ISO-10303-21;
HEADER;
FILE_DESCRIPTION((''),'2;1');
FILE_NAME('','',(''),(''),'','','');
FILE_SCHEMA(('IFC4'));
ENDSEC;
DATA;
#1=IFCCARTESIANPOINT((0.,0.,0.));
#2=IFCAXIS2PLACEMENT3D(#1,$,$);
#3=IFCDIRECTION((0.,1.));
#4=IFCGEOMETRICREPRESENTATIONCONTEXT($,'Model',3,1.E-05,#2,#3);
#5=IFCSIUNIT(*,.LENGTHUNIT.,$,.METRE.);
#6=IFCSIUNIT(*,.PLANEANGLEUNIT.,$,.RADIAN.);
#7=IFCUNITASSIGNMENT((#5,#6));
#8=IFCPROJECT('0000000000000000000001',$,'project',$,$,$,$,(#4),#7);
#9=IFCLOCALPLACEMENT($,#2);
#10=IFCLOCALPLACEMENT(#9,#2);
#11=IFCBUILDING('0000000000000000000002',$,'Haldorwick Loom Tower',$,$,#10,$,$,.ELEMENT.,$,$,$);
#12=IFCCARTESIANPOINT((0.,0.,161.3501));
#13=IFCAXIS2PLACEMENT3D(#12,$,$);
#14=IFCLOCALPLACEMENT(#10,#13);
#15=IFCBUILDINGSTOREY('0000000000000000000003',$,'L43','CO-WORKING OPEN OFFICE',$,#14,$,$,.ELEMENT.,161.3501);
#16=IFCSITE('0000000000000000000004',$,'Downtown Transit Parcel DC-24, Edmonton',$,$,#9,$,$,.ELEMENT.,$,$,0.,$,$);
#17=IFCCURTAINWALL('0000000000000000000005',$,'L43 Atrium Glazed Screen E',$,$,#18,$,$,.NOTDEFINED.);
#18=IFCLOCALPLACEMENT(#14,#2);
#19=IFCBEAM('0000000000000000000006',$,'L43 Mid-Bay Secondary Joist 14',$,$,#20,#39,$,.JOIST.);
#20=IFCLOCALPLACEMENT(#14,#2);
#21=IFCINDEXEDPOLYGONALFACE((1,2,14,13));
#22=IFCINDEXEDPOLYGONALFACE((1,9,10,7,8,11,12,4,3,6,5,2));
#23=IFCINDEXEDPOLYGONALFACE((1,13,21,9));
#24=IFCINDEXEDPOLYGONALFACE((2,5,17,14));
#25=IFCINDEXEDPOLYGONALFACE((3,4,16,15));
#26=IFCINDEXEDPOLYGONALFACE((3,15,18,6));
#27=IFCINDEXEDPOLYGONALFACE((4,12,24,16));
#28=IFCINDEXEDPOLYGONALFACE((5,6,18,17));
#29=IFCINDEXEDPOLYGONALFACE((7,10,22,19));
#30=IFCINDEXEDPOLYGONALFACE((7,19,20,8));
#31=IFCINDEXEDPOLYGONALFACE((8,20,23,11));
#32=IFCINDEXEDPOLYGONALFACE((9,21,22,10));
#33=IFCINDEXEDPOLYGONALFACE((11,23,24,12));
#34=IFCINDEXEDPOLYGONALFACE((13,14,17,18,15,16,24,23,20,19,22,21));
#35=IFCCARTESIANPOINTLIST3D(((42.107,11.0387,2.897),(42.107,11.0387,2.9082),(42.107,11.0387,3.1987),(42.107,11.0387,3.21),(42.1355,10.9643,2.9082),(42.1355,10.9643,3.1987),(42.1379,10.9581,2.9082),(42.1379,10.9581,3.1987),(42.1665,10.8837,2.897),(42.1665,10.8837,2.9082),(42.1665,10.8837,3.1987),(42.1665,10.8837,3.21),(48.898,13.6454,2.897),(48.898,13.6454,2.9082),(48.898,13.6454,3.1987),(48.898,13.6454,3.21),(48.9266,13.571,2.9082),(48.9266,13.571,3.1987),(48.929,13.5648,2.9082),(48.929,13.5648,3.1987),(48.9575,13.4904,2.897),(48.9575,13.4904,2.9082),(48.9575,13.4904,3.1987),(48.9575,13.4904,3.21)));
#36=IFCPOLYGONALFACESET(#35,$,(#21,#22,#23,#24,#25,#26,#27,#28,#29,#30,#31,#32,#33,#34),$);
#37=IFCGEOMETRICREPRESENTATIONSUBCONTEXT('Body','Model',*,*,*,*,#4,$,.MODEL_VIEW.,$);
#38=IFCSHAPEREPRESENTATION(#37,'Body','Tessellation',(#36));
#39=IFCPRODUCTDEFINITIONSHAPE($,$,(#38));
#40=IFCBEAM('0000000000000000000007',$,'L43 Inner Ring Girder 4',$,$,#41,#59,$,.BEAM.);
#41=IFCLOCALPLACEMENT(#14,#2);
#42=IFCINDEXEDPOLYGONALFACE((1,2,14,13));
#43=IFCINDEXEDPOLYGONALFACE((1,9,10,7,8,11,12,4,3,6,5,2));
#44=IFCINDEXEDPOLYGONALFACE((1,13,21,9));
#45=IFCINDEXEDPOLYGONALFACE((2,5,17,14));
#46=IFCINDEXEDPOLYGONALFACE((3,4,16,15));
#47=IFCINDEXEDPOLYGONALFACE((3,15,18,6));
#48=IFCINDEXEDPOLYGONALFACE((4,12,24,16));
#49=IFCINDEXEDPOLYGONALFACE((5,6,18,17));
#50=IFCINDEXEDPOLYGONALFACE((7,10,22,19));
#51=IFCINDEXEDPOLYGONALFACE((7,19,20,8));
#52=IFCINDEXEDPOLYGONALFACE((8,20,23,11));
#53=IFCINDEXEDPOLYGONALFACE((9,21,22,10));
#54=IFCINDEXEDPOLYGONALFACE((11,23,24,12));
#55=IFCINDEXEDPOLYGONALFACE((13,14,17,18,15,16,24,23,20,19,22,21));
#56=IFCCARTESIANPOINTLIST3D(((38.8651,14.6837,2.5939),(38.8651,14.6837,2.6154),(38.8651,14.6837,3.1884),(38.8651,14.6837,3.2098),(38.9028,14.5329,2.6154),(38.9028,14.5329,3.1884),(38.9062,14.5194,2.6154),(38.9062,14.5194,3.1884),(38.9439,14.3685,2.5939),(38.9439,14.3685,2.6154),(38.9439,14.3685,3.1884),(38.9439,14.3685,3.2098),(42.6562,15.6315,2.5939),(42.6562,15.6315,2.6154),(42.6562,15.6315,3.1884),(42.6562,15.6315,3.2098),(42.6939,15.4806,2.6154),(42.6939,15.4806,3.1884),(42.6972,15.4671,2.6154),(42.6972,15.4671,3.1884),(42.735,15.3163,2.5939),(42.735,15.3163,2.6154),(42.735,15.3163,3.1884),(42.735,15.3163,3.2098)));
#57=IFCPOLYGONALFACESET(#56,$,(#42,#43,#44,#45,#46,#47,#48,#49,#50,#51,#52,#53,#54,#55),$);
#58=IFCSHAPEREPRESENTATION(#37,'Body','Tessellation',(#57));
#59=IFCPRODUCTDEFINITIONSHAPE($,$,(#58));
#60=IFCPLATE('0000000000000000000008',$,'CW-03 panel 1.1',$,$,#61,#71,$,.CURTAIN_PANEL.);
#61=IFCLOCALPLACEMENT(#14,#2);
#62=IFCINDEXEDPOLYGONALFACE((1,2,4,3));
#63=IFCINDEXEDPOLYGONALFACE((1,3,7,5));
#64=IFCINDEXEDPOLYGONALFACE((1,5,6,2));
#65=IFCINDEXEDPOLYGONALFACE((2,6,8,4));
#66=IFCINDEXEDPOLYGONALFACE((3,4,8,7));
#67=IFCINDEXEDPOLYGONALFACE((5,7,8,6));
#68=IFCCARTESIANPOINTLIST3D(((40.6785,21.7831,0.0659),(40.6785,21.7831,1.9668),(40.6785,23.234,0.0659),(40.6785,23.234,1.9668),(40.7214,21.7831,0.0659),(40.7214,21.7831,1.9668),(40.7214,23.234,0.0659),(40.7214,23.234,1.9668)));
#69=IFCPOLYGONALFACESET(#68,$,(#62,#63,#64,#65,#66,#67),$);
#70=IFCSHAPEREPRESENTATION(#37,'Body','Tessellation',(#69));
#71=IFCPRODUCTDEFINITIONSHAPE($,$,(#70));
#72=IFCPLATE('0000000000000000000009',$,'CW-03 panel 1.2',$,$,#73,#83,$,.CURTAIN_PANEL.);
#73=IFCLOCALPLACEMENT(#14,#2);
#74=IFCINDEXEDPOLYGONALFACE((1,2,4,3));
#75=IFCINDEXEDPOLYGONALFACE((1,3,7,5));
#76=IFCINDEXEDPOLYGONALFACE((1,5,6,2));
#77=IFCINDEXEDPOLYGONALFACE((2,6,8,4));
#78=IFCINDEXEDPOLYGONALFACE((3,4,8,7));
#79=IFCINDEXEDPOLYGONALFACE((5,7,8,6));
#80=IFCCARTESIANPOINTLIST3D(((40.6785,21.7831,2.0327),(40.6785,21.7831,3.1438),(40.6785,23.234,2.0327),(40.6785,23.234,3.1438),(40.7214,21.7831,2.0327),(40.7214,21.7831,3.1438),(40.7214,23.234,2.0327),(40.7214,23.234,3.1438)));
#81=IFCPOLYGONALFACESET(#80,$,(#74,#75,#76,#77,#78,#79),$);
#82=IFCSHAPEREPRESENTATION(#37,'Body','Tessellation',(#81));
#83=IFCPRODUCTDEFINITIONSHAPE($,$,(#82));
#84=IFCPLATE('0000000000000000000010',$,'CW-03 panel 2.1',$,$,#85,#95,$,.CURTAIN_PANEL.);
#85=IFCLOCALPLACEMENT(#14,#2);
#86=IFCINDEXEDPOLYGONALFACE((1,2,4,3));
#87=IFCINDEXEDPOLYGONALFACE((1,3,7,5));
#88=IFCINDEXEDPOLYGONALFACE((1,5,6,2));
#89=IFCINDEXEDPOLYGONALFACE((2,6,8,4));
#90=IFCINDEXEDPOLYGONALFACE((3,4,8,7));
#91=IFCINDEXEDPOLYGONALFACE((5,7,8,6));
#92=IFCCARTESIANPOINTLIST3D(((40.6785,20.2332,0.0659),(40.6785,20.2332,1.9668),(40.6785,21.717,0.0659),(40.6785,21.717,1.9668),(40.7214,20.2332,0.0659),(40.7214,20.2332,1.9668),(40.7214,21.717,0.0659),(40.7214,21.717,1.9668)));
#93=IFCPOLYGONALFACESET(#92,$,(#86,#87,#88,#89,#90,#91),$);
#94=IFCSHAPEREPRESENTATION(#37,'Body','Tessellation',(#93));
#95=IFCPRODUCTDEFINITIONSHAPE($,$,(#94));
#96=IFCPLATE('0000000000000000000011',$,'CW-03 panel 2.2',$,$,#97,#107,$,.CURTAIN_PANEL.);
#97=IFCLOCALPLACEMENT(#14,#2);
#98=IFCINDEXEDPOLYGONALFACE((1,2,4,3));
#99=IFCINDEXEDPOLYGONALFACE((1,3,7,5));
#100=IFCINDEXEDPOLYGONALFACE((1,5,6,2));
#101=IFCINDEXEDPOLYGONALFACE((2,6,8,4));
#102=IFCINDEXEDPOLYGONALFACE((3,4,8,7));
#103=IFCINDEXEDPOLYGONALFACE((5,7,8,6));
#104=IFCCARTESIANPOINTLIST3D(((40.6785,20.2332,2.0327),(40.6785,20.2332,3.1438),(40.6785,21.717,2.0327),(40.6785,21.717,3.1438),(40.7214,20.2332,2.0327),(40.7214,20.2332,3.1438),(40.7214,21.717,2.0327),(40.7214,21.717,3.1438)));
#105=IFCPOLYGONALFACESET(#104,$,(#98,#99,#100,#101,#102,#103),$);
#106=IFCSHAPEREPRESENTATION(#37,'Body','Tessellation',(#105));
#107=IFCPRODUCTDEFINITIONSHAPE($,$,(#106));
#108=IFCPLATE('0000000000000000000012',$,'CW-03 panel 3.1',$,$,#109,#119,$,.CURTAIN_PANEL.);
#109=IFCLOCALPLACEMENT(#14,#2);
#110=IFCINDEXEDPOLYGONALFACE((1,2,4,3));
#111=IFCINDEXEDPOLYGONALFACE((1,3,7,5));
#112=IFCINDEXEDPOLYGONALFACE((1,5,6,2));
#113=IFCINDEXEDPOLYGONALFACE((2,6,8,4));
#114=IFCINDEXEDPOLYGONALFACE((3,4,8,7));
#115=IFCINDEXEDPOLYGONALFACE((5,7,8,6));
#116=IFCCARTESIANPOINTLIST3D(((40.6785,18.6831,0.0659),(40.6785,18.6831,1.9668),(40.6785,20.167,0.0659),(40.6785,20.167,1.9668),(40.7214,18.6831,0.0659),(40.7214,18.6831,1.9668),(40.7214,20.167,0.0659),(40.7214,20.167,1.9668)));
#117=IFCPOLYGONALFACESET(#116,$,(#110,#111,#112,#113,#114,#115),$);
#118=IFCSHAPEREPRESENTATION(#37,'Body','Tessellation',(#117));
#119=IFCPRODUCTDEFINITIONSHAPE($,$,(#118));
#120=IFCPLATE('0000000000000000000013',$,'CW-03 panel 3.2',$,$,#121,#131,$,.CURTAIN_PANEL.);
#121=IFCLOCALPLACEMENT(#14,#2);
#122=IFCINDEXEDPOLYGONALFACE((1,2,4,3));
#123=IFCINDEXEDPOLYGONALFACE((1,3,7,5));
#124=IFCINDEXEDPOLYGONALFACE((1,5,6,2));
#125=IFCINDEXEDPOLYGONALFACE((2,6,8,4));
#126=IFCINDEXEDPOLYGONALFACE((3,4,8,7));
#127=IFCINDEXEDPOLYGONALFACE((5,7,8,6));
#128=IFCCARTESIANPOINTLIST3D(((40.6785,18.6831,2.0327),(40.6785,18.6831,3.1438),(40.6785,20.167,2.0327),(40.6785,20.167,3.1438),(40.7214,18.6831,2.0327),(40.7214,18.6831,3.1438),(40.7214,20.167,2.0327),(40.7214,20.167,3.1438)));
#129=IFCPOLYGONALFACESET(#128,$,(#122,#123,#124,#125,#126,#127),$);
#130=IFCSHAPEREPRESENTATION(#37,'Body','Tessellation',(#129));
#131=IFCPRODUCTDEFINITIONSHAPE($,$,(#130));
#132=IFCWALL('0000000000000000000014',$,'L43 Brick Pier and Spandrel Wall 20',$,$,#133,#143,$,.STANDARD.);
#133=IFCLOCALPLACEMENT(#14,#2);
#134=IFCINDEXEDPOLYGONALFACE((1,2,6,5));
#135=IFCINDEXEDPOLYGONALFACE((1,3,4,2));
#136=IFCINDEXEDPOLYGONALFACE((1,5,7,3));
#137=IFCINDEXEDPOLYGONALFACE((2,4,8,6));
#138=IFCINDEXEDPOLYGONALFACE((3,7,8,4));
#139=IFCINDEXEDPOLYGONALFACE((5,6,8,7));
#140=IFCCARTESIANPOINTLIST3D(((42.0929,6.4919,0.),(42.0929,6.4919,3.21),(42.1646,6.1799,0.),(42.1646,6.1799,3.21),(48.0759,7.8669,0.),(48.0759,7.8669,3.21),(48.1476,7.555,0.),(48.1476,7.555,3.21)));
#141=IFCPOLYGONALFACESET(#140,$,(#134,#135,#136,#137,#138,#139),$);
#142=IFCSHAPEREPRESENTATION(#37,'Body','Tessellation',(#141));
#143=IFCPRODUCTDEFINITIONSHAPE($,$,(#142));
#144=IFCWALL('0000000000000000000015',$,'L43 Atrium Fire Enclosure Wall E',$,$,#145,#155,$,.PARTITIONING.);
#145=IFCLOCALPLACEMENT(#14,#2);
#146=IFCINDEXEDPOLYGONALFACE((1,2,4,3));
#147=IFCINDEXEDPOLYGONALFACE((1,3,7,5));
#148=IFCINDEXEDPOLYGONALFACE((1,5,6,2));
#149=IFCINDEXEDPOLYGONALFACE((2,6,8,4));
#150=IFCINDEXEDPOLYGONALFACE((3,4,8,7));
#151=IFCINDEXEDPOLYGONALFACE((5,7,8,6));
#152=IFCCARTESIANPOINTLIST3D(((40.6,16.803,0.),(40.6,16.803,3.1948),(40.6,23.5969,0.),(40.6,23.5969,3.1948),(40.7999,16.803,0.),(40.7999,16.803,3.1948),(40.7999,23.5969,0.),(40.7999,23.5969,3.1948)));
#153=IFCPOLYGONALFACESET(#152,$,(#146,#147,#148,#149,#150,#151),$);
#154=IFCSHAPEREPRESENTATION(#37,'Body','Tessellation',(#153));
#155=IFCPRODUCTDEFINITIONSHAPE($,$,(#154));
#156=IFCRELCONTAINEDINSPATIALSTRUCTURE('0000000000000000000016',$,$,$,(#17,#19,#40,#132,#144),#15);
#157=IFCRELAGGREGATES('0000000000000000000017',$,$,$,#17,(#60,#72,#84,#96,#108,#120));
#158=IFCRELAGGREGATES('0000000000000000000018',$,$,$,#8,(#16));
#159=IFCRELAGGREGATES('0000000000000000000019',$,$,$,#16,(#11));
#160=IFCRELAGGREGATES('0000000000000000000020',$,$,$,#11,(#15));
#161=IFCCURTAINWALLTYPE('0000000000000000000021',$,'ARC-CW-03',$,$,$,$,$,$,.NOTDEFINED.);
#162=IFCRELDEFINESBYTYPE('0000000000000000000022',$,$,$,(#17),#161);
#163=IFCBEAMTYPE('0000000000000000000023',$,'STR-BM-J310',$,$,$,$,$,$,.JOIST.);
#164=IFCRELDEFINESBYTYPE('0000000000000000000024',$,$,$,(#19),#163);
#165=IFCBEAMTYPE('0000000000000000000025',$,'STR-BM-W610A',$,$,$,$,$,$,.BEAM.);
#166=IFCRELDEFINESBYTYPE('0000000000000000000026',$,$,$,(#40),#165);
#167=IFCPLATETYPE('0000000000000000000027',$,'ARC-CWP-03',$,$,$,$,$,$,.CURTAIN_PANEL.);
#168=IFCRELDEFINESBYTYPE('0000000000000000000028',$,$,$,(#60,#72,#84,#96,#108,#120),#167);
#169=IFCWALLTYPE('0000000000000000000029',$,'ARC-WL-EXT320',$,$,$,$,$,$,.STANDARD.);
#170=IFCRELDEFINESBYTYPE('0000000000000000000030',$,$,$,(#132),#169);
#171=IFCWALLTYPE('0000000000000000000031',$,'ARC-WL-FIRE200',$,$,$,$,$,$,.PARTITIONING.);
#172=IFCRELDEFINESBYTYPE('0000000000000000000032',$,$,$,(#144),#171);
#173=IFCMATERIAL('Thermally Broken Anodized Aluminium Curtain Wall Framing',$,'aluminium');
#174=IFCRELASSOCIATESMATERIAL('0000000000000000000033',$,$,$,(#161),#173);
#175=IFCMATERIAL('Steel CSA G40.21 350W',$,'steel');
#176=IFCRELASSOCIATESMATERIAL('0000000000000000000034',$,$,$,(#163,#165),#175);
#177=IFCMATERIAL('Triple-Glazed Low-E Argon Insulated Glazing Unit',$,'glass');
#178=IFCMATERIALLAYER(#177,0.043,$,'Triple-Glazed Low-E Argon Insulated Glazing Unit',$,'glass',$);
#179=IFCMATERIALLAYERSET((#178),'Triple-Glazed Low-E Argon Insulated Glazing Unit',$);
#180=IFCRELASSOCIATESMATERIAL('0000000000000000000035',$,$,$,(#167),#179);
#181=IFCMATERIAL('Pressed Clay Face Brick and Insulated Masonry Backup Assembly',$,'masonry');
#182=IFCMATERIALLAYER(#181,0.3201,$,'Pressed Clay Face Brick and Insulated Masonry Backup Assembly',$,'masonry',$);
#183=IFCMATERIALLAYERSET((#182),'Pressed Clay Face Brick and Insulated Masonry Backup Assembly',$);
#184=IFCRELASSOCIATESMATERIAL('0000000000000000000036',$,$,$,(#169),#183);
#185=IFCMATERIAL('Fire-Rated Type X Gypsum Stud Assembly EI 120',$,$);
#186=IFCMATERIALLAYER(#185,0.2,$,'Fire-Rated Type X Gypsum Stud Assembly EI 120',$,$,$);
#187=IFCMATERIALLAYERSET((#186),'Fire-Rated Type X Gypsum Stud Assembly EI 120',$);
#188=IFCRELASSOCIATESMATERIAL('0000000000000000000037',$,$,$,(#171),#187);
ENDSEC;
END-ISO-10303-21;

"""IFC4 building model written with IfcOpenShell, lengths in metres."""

from ifc_helpers import new_model, si_unit, direction, frame, frame_2d, origin, origin_2d, place, context, subcontext, project, spatial, rectangle, i_section, extrude, material, layer, layer_set, material_profile, profile_set, type_object, element, aggregate, save


model = new_model("IFC4")

# Units and contexts
model_context = context("Model", 3, precision=1e-05, world=origin(), true_north=direction((0.0, 1.0)))
body_context = subcontext(model_context, "Body", "Model", "MODEL_VIEW")
ifc_project = project(units=[si_unit("LENGTHUNIT", "METRE"), si_unit("PLANEANGLEUNIT", "RADIAN")], contexts=[model_context])

# Site, building, storey
site_placement = place(None, origin())
site = spatial("IfcSite", under=ifc_project, at=site_placement, Name="Downtown Transit Parcel DC-24, Edmonton", CompositionType="ELEMENT", RefElevation=0.0)
building_placement = place(site_placement, origin())
building = spatial("IfcBuilding", under=site, at=building_placement, Name="Haldorwick Loom Tower", CompositionType="ELEMENT")
storey_placement = place(building_placement, frame((0.0, 0.0, 161.3501)))
storey = spatial("IfcBuildingStorey", under=building, at=storey_placement, Name="L43", Description="CO-WORKING OPEN OFFICE", CompositionType="ELEMENT", Elevation=161.3501)

# Curtain wall
ifc_material_1 = material(Name="Thermally Broken Anodized Aluminium Curtain Wall Framing", Category="aluminium")
curtain_wall_type = type_object("IfcCurtainWallType", Name="ARC-CW-03", PredefinedType="NOTDEFINED", material=ifc_material_1)
curtain_wall_placement = place(storey_placement, origin())
curtain_wall = element("IfcCurtainWall", 1, at=curtain_wall_placement, inside=storey, type_object=curtain_wall_type, Name="L43 Atrium Glazed Screen E", PredefinedType="NOTDEFINED")

# Beams
ifc_material_2 = material(Name="Steel CSA G40.21 350W", Category="steel")
ifc_material_profile_1 = material_profile(ifc_material_2, i_section(OverallWidth=0.166, OverallDepth=0.313, WebThickness=0.0066, FlangeThickness=0.0112, at=origin_2d()), Name="W310X45", Category="steel")
ifc_profile_set_1 = profile_set([ifc_material_profile_1], Name="Steel CSA G40.21 350W")
beam_type_1 = type_object("IfcBeamType", Name="STR-BM-J310", PredefinedType="JOIST", material=ifc_profile_set_1)
beam_1_placement = place(storey_placement, frame((42.1367, 10.9612, 3.0535), z_axis=(0.933587, 0.358352, 0.0), x_axis=(-0.358352, 0.933587, 0.0)))
element("IfcBeam", 2, at=beam_1_placement, inside=storey, type_object=beam_type_1, Name="L43 Mid-Bay Secondary Joist 14", PredefinedType="JOIST", context=body_context, shape_type="SweptSolid", body=[
    extrude(i_section(OverallWidth=0.166, OverallDepth=0.313, WebThickness=0.0066, FlangeThickness=0.0112, at=origin_2d()), origin(), (0.0, 0.0, 1.0), 7.2742),
])
ifc_material_profile_2 = material_profile(ifc_material_2, i_section(OverallWidth=0.325, OverallDepth=0.616, WebThickness=0.0139, FlangeThickness=0.0215, at=origin_2d()), Name="W610X174", Category="steel")
ifc_profile_set_2 = profile_set([ifc_material_profile_2], Name="Steel CSA G40.21 350W")
beam_type_2 = type_object("IfcBeamType", Name="STR-BM-W610A", PredefinedType="BEAM", material=ifc_profile_set_2)
beam_2_placement = place(storey_placement, frame((42.6956, 15.4739, 2.9019), z_axis=(-0.970143, -0.242536, 0.0), x_axis=(0.242536, -0.970143, 0.0)))
element("IfcBeam", 3, at=beam_2_placement, inside=storey, type_object=beam_type_2, Name="L43 Inner Ring Girder 4", PredefinedType="BEAM", context=body_context, shape_type="SweptSolid", body=[
    extrude(i_section(OverallWidth=0.325, OverallDepth=0.616, WebThickness=0.0139, FlangeThickness=0.0215, at=origin_2d()), origin(), (0.0, 0.0, 1.0), 3.9077),
])

# Plates
ifc_material_3 = material(Name="Triple-Glazed Low-E Argon Insulated Glazing Unit", Category="glass")
ifc_layer_1 = layer(ifc_material_3, 0.043, Name="Triple-Glazed Low-E Argon Insulated Glazing Unit", Category="glass")
ifc_layer_set_1 = layer_set([ifc_layer_1], Name="Triple-Glazed Low-E Argon Insulated Glazing Unit")
plate_type = type_object("IfcPlateType", Name="ARC-CWP-03", PredefinedType="CURTAIN_PANEL", material=ifc_layer_set_1)
plate_1_placement = place(storey_placement, frame((40.7, 22.5085, 0.0659), z_axis=(0.0, 0.0, 1.0), x_axis=(0.0, -1.0, 0.0)))
plate_1 = element("IfcPlate", 4, at=plate_1_placement, type_object=plate_type, Name="CW-03 panel 1.1", PredefinedType="CURTAIN_PANEL", context=body_context, shape_type="SweptSolid", body=[
    extrude(rectangle(XDim=1.4509, YDim=0.043, at=origin_2d()), origin(), (0.0, 0.0, 1.0), 1.9009),
])
plate_2_placement = place(storey_placement, frame((40.7, 22.5085, 2.0327), z_axis=(0.0, 0.0, 1.0), x_axis=(0.0, -1.0, 0.0)))
plate_2 = element("IfcPlate", 5, at=plate_2_placement, type_object=plate_type, Name="CW-03 panel 1.2", PredefinedType="CURTAIN_PANEL", context=body_context, shape_type="SweptSolid", body=[
    extrude(rectangle(XDim=1.4509, YDim=0.043, at=origin_2d()), origin(), (0.0, 0.0, 1.0), 1.1111),
])
plate_3_placement = place(storey_placement, frame((40.7, 20.9751, 0.0659), z_axis=(0.0, 0.0, 1.0), x_axis=(0.0, -1.0, 0.0)))
plate_3 = element("IfcPlate", 6, at=plate_3_placement, type_object=plate_type, Name="CW-03 panel 2.1", PredefinedType="CURTAIN_PANEL", context=body_context, shape_type="SweptSolid", body=[
    extrude(rectangle(XDim=1.4839, YDim=0.043, at=origin_2d()), origin(), (0.0, 0.0, 1.0), 1.9009),
])
plate_4_placement = place(storey_placement, frame((40.7, 20.9751, 2.0327), z_axis=(0.0, 0.0, 1.0), x_axis=(0.0, -1.0, 0.0)))
plate_4 = element("IfcPlate", 7, at=plate_4_placement, type_object=plate_type, Name="CW-03 panel 2.2", PredefinedType="CURTAIN_PANEL", context=body_context, shape_type="SweptSolid", body=[
    extrude(rectangle(XDim=1.4839, YDim=0.043, at=origin_2d()), origin(), (0.0, 0.0, 1.0), 1.1111),
])
plate_5_placement = place(storey_placement, frame((40.7, 19.425, 0.0659), z_axis=(0.0, 0.0, 1.0), x_axis=(0.0, -1.0, 0.0)))
plate_5 = element("IfcPlate", 8, at=plate_5_placement, type_object=plate_type, Name="CW-03 panel 3.1", PredefinedType="CURTAIN_PANEL", context=body_context, shape_type="SweptSolid", body=[
    extrude(rectangle(XDim=1.4839, YDim=0.043, at=origin_2d()), origin(), (0.0, 0.0, 1.0), 1.9009),
])
plate_6_placement = place(storey_placement, frame((40.7, 19.425, 2.0327), z_axis=(0.0, 0.0, 1.0), x_axis=(0.0, -1.0, 0.0)))
plate_6 = element("IfcPlate", 9, at=plate_6_placement, type_object=plate_type, Name="CW-03 panel 3.2", PredefinedType="CURTAIN_PANEL", context=body_context, shape_type="SweptSolid", body=[
    extrude(rectangle(XDim=1.4839, YDim=0.043, at=origin_2d()), origin(), (0.0, 0.0, 1.0), 1.1111),
])
aggregate(curtain_wall, [plate_1, plate_2, plate_3, plate_4, plate_5, plate_6])

# Walls
ifc_material_4 = material(Name="Pressed Clay Face Brick and Insulated Masonry Backup Assembly", Category="masonry")
ifc_layer_2 = layer(ifc_material_4, 0.3201, Name="Pressed Clay Face Brick and Insulated Masonry Backup Assembly", Category="masonry")
ifc_layer_set_2 = layer_set([ifc_layer_2], Name="Pressed Clay Face Brick and Insulated Masonry Backup Assembly")
wall_type_1 = type_object("IfcWallType", Name="ARC-WL-EXT320", PredefinedType="STANDARD", material=ifc_layer_set_2)
wall_1_placement = place(storey_placement, frame((42.1289, 6.3359, 0.0), z_axis=(0.0, 0.0, 1.0), x_axis=(0.974593, 0.223982, 0.0)))
element("IfcWall", 10, at=wall_1_placement, inside=storey, type_object=wall_type_1, Name="L43 Brick Pier and Spandrel Wall 20", PredefinedType="STANDARD", context=body_context, shape_type="SweptSolid", body=[
    extrude(rectangle(XDim=6.1389, YDim=0.3201, at=frame_2d((3.0693, 0.0))), origin(), (0.0, 0.0, 1.0), 3.21),
])
ifc_material_5 = material(Name="Fire-Rated Type X Gypsum Stud Assembly EI 120")
ifc_layer_3 = layer(ifc_material_5, 0.2, Name="Fire-Rated Type X Gypsum Stud Assembly EI 120")
ifc_layer_set_3 = layer_set([ifc_layer_3], Name="Fire-Rated Type X Gypsum Stud Assembly EI 120")
wall_type_2 = type_object("IfcWallType", Name="ARC-WL-FIRE200", PredefinedType="PARTITIONING", material=ifc_layer_set_3)
wall_2_placement = place(storey_placement, frame((40.7, 23.5969, 0.0), z_axis=(0.0, 0.0, 1.0), x_axis=(0.0, -1.0, 0.0)))
element("IfcWall", 11, at=wall_2_placement, inside=storey, type_object=wall_type_2, Name="L43 Atrium Fire Enclosure Wall E", PredefinedType="PARTITIONING", context=body_context, shape_type="SweptSolid", body=[
    extrude(rectangle(XDim=6.7939, YDim=0.2, at=frame_2d((3.397, 0.0))), origin(), (0.0, 0.0, 1.0), 3.1948),
])

save(model, "model.ifc")
